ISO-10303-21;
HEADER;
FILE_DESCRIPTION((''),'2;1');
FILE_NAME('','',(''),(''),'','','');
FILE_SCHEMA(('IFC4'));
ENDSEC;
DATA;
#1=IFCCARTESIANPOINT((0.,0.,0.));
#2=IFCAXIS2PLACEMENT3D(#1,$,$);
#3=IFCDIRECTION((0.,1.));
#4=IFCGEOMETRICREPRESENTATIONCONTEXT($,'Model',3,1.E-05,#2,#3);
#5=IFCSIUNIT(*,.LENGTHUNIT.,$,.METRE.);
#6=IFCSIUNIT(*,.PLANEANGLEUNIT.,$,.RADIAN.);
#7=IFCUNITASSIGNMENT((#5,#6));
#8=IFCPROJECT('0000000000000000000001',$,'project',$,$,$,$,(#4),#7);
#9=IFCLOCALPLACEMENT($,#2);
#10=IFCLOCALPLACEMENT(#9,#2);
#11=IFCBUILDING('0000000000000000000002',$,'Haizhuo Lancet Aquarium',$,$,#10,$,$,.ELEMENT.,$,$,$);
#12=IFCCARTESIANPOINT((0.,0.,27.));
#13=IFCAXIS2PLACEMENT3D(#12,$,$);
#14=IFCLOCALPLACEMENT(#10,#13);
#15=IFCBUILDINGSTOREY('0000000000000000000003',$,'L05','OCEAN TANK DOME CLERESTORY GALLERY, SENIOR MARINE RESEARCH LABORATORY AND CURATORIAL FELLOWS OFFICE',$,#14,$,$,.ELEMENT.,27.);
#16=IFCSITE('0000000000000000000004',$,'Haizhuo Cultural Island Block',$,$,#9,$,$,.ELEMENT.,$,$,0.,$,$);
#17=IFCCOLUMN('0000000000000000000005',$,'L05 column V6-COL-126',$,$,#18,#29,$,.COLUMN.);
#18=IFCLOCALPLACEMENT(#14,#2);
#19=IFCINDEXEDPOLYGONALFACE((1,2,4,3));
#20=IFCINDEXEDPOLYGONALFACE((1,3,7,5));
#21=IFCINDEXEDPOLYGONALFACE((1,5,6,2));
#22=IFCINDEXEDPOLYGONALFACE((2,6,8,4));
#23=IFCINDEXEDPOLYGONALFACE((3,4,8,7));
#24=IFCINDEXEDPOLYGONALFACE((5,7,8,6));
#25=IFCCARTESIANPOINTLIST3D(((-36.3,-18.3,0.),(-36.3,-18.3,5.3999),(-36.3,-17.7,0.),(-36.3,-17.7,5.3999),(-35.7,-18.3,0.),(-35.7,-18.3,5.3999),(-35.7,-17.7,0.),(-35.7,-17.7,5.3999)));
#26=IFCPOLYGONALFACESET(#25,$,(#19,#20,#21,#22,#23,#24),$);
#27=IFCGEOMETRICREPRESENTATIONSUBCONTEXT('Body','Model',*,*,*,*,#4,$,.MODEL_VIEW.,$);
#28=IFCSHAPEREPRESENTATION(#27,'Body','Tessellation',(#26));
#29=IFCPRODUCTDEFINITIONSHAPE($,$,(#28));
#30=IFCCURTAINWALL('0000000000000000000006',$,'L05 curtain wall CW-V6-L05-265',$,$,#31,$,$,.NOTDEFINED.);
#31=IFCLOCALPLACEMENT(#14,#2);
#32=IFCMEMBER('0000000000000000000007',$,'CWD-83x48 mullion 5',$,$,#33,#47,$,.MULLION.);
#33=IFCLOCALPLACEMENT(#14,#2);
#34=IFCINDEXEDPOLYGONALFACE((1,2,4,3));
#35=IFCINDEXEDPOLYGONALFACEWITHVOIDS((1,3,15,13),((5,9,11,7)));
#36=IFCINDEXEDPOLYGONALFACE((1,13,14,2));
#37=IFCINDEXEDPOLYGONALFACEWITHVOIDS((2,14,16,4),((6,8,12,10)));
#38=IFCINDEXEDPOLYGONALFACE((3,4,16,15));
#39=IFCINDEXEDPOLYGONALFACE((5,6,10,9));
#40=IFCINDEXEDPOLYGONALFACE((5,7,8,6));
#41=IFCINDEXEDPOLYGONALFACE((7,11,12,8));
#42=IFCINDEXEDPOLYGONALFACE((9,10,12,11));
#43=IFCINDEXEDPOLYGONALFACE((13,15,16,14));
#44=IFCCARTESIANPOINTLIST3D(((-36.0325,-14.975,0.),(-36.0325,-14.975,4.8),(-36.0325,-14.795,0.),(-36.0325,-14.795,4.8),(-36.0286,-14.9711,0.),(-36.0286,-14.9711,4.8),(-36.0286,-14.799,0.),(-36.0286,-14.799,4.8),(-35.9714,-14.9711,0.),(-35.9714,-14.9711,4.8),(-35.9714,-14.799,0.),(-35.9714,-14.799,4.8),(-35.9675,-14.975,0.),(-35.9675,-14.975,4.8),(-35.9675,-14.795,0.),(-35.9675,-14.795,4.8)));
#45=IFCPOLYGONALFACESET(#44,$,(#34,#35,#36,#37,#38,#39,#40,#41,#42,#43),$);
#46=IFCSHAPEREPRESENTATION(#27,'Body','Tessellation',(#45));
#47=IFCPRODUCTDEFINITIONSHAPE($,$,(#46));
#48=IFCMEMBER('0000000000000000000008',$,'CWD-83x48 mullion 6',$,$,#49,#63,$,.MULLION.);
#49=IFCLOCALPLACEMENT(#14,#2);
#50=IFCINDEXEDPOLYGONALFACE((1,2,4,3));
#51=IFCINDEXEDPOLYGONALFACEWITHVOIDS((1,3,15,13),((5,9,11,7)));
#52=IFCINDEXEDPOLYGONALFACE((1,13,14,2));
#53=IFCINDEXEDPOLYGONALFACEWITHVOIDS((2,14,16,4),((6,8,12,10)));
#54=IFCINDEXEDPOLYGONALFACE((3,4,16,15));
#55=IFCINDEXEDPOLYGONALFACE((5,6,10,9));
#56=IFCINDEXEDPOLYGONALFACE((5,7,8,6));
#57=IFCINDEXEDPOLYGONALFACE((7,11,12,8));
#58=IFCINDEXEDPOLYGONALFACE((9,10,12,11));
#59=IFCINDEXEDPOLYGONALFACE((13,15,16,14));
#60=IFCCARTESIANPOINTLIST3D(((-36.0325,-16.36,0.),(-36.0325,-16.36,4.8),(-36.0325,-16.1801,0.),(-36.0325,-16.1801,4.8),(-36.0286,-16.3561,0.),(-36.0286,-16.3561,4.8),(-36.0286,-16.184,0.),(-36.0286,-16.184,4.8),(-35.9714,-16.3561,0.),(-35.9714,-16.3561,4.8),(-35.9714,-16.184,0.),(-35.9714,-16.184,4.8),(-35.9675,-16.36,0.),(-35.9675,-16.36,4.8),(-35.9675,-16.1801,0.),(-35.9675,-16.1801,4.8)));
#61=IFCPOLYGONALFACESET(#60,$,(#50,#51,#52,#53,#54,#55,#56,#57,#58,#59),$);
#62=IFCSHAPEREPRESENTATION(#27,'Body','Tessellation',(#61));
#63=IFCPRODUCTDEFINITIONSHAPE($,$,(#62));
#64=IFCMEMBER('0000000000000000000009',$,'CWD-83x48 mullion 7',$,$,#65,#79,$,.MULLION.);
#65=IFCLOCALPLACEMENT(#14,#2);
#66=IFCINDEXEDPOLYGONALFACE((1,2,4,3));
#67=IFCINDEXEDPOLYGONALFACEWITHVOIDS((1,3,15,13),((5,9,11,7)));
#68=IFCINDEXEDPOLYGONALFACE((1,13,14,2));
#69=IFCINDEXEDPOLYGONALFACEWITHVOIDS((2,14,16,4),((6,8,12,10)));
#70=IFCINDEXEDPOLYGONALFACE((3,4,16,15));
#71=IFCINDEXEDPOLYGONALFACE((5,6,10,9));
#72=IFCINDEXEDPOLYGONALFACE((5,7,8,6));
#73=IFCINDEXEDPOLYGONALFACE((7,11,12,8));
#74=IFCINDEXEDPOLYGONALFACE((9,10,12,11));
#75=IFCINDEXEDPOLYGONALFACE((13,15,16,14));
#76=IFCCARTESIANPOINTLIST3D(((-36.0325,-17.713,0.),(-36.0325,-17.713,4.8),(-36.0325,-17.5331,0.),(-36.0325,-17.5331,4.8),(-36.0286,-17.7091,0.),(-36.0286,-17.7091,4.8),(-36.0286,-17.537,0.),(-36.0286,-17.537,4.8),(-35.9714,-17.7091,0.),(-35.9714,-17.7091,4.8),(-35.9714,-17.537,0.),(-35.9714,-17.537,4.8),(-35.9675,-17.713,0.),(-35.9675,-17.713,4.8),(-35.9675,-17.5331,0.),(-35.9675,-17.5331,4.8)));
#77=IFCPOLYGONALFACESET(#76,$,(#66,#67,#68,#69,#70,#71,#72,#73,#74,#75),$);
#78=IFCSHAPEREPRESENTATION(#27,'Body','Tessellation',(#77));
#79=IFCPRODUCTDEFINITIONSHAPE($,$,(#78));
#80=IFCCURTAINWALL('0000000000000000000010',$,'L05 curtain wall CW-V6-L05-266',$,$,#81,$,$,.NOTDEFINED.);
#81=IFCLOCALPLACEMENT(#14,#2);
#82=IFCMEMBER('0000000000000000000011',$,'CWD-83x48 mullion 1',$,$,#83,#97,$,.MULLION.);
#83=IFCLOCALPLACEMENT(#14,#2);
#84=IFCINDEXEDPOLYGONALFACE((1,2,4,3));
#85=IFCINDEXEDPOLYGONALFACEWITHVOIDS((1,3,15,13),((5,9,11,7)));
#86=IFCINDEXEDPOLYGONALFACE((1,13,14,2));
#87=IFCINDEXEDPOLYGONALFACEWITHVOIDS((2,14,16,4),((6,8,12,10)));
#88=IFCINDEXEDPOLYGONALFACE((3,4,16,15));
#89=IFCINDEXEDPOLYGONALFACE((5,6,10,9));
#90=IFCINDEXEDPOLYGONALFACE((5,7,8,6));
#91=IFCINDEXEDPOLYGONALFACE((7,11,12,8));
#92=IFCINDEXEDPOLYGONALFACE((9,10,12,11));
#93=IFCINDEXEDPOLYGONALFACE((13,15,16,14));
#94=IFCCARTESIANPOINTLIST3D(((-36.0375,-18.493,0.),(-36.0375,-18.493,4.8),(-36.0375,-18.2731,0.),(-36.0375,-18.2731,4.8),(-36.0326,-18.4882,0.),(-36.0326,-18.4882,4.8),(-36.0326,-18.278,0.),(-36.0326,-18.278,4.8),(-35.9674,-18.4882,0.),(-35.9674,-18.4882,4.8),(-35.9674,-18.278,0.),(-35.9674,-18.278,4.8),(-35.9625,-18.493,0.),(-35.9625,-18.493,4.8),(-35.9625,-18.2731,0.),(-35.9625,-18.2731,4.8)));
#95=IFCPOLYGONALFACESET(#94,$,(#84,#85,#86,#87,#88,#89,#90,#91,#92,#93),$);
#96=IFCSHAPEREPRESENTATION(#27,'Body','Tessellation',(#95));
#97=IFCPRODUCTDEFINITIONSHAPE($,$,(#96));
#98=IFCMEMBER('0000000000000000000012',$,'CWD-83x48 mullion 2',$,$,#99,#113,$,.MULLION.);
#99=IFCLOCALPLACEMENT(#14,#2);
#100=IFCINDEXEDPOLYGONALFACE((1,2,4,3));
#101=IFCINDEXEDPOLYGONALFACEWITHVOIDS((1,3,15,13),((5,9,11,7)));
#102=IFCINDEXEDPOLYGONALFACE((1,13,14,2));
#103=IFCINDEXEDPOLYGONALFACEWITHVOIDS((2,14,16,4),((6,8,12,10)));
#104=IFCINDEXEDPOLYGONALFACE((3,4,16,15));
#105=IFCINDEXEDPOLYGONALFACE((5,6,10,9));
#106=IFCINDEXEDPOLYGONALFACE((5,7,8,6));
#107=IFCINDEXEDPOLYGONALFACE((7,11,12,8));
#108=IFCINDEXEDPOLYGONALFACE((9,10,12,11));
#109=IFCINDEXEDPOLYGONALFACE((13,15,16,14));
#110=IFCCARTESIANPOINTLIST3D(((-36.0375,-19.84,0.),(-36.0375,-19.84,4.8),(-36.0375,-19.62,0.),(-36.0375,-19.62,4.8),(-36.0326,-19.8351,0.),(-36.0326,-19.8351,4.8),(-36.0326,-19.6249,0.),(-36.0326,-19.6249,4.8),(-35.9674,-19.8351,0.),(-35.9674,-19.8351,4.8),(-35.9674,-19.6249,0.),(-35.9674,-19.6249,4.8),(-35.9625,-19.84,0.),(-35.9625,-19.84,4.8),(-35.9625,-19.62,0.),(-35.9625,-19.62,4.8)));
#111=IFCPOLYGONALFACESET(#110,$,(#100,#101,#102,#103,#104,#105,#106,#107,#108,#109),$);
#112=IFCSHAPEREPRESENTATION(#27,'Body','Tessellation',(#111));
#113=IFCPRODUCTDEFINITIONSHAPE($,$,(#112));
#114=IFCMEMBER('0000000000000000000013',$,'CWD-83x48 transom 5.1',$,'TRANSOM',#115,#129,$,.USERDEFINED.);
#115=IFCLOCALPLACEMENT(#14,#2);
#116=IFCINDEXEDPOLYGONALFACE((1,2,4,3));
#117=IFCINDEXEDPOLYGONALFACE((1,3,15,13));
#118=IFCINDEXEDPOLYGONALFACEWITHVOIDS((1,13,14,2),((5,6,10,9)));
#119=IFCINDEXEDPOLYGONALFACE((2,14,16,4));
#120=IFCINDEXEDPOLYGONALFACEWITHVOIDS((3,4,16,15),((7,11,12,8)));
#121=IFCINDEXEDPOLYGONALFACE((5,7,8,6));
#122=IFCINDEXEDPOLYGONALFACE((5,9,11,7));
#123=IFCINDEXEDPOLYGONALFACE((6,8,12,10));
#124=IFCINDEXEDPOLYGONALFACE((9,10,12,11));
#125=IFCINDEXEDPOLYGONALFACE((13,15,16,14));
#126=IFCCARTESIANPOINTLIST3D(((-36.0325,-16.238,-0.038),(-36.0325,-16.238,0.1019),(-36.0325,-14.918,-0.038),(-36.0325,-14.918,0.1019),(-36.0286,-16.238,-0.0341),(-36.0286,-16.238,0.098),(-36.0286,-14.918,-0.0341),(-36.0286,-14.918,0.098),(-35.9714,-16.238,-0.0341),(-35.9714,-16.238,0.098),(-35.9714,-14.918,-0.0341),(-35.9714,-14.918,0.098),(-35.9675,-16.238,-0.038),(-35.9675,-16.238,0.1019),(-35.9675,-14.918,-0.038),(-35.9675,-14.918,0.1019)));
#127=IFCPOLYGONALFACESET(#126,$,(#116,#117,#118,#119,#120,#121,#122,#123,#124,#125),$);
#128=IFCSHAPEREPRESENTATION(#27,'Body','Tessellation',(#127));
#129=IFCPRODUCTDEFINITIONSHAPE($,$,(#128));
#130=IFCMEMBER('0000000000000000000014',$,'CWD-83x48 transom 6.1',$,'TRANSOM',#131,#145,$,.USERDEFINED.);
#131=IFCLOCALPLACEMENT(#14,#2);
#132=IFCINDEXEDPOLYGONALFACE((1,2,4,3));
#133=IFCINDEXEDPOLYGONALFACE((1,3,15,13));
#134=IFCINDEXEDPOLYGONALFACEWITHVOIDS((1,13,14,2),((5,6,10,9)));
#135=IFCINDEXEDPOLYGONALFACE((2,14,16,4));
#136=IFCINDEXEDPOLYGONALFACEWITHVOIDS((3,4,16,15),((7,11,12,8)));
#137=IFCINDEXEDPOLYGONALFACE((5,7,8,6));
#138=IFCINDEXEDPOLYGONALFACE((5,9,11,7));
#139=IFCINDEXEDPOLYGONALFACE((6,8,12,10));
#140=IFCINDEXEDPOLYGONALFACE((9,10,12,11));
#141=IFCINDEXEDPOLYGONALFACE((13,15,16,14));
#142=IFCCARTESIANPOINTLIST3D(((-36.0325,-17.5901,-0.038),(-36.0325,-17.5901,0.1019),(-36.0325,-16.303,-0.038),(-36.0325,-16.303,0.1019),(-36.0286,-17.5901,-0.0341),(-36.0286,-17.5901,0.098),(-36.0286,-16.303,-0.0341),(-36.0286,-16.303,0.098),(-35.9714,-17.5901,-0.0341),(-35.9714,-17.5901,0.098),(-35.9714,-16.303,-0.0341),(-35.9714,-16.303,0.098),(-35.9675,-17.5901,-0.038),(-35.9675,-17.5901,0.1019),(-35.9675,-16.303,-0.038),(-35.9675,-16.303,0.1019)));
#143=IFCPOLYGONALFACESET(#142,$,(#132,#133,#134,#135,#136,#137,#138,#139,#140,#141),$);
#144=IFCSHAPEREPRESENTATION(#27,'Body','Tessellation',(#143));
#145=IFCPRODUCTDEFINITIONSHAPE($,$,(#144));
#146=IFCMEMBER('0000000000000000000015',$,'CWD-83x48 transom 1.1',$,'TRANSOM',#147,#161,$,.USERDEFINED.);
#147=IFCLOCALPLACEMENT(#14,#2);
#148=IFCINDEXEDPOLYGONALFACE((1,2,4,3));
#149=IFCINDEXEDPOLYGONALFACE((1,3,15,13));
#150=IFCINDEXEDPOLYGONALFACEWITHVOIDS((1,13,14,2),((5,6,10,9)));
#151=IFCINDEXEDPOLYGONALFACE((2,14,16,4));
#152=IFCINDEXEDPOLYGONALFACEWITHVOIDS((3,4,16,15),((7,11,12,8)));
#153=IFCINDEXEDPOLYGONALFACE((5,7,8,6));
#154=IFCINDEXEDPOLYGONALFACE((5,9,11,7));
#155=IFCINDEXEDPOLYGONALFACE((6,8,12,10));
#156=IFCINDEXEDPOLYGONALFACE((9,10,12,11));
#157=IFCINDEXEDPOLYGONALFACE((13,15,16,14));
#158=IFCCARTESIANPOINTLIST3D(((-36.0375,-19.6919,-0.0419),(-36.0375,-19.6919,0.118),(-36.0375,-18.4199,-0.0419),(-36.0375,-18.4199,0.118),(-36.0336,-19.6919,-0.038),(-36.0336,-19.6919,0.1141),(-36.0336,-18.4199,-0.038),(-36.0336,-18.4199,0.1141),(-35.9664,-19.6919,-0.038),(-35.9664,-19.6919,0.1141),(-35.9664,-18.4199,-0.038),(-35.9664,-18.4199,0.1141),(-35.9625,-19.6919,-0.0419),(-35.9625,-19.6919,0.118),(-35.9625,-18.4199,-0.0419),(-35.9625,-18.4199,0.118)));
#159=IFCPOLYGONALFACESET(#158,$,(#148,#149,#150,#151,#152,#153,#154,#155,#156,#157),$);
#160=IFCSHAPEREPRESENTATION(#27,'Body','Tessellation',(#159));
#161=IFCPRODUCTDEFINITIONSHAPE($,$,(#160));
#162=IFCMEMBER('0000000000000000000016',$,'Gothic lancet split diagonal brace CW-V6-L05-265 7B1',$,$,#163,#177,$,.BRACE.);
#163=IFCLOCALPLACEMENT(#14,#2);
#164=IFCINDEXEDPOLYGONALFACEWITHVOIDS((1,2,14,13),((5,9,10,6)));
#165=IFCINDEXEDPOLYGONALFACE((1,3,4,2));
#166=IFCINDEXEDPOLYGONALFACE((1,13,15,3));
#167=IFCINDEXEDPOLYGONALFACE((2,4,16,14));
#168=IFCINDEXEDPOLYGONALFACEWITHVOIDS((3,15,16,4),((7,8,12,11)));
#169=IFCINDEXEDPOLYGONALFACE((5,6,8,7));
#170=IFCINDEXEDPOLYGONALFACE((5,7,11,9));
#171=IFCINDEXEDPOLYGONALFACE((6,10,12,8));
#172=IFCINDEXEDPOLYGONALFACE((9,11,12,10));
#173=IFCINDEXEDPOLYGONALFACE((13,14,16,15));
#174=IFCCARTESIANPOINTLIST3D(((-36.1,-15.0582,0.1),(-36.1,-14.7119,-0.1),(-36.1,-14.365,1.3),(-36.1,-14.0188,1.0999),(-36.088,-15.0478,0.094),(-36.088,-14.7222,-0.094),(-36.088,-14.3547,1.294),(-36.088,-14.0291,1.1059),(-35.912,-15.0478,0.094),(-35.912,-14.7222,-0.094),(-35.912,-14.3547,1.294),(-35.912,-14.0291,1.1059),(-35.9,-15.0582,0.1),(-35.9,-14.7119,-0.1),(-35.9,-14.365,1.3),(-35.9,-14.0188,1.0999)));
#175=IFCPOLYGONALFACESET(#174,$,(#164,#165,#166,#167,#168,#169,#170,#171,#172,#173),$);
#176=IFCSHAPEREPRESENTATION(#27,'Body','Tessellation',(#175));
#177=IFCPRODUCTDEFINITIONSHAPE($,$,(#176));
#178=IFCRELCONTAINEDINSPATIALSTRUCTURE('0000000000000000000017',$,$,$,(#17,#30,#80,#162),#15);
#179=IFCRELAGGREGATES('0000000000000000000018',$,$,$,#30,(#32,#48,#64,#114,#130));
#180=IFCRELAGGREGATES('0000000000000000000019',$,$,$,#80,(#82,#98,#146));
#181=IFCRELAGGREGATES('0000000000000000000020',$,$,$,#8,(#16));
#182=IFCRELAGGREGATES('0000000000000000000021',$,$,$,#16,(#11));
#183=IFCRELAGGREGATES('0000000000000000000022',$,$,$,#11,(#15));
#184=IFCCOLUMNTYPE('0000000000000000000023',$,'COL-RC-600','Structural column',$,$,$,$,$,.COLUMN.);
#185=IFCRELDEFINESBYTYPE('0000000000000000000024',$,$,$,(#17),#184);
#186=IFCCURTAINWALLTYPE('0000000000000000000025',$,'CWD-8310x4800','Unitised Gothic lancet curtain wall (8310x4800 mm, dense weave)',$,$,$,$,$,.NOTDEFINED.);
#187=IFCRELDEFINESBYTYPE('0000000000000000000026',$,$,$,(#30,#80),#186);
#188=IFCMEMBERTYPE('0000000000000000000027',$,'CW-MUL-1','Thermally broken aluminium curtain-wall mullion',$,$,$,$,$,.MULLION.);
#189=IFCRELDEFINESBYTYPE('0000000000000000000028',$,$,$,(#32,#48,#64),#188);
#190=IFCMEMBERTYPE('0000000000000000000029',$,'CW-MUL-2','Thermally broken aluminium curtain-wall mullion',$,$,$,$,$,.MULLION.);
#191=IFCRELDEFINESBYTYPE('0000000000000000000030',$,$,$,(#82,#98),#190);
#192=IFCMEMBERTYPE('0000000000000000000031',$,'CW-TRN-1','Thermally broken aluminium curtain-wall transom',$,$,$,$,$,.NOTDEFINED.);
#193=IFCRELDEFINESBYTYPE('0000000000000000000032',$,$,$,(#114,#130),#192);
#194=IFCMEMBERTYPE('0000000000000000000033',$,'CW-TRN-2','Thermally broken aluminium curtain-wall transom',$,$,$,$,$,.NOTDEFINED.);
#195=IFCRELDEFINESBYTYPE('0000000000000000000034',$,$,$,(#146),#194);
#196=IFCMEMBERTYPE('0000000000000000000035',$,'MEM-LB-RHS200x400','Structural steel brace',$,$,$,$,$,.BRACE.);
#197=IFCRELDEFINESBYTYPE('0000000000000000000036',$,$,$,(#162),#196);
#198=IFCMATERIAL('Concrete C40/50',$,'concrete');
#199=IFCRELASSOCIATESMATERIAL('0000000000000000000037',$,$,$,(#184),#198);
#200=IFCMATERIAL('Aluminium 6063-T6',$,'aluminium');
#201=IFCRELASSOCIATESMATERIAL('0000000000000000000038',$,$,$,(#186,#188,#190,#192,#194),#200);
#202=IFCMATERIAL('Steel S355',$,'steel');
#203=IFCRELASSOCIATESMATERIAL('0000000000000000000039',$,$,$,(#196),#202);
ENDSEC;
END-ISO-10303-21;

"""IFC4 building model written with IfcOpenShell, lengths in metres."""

from ifc_helpers import new_model, si_unit, direction, frame, origin, origin_2d, place, context, subcontext, project, spatial, rectangle, hollow_rectangle, extrude, material, material_profile, profile_set, type_object, element, aggregate, save


model = new_model("IFC4")

# Units and contexts
model_context = context("Model", 3, precision=1e-05, world=origin(), true_north=direction((0.0, 1.0)))
body_context = subcontext(model_context, "Body", "Model", "MODEL_VIEW")
ifc_project = project(units=[si_unit("LENGTHUNIT", "METRE"), si_unit("PLANEANGLEUNIT", "RADIAN")], contexts=[model_context])

# Site, building, storey
site_placement = place(None, origin())
site = spatial("IfcSite", under=ifc_project, at=site_placement, Name="Haizhuo Cultural Island Block", CompositionType="ELEMENT", RefElevation=0.0)
building_placement = place(site_placement, origin())
building = spatial("IfcBuilding", under=site, at=building_placement, Name="Haizhuo Lancet Aquarium", CompositionType="ELEMENT")
storey_placement = place(building_placement, frame((0.0, 0.0, 27.0)))
storey = spatial("IfcBuildingStorey", under=building, at=storey_placement, Name="L05", Description="OCEAN TANK DOME CLERESTORY GALLERY, SENIOR MARINE RESEARCH LABORATORY AND CURATORIAL FELLOWS OFFICE", CompositionType="ELEMENT", Elevation=27.0)

# Column
ifc_material_1 = material(Name="Concrete C40/50", Category="concrete")
ifc_material_profile_1 = material_profile(ifc_material_1, rectangle(XDim=0.6001, YDim=0.6001, at=origin_2d()), Name="RC-COL 600x600")
ifc_profile_set_1 = profile_set([ifc_material_profile_1], Name="Concrete C40/50")
column_type = type_object("IfcColumnType", Name="COL-RC-600", Description="Structural column", PredefinedType="COLUMN", material=ifc_profile_set_1)
column_placement = place(storey_placement, frame((-36.0, -18.0, 0.0), z_axis=(0.0, 0.0, 1.0), x_axis=(1.0, 0.0, 0.0)))
element("IfcColumn", 1, at=column_placement, inside=storey, type_object=column_type, Name="L05 column V6-COL-126", PredefinedType="COLUMN", context=body_context, shape_type="SweptSolid", body=[
    extrude(rectangle(XDim=0.6001, YDim=0.6001, at=origin_2d()), origin(), (0.0, 0.0, 1.0), 5.3999),
])

# Curtain walls, members
ifc_material_2 = material(Name="Aluminium 6063-T6", Category="aluminium")
curtain_wall_type = type_object("IfcCurtainWallType", Name="CWD-8310x4800", Description="Unitised Gothic lancet curtain wall (8310x4800 mm, dense weave)", PredefinedType="NOTDEFINED", material=ifc_material_2)
curtain_wall_1_placement = place(storey_placement, origin())
curtain_wall_1 = element("IfcCurtainWall", 2, at=curtain_wall_1_placement, inside=storey, type_object=curtain_wall_type, Name="L05 curtain wall CW-V6-L05-265", PredefinedType="NOTDEFINED")
ifc_material_profile_2 = material_profile(ifc_material_2, hollow_rectangle(XDim=0.0649, YDim=0.1799, WallThickness=0.0039, at=origin_2d()), Name="ALU-M 65x180x4")
ifc_profile_set_2 = profile_set([ifc_material_profile_2], Name="Aluminium 6063-T6")
member_type_1 = type_object("IfcMemberType", Name="CW-MUL-1", Description="Thermally broken aluminium curtain-wall mullion", PredefinedType="MULLION", material=ifc_profile_set_2)
member_1_placement = place(storey_placement, frame((-36.0, -14.885, 0.0), z_axis=(0.0, 0.0, 1.0), x_axis=(1.0, 0.0, 0.0)))
member_1 = element("IfcMember", 3, at=member_1_placement, type_object=member_type_1, Name="CWD-83x48 mullion 5", PredefinedType="MULLION", context=body_context, shape_type="SweptSolid", body=[
    extrude(hollow_rectangle(XDim=0.0649, YDim=0.1799, WallThickness=0.0039, at=origin_2d()), origin(), (0.0, 0.0, 1.0), 4.8),
])
member_2_placement = place(storey_placement, frame((-36.0, -16.27, 0.0), z_axis=(0.0, 0.0, 1.0), x_axis=(1.0, 0.0, 0.0)))
member_2 = element("IfcMember", 4, at=member_2_placement, type_object=member_type_1, Name="CWD-83x48 mullion 6", PredefinedType="MULLION", context=body_context, shape_type="SweptSolid", body=[
    extrude(hollow_rectangle(XDim=0.0649, YDim=0.1799, WallThickness=0.0039, at=origin_2d()), origin(), (0.0, 0.0, 1.0), 4.8),
])
member_3_placement = place(storey_placement, frame((-36.0, -17.623, 0.0), z_axis=(0.0, 0.0, 1.0), x_axis=(1.0, 0.0, 0.0)))
member_3 = element("IfcMember", 5, at=member_3_placement, type_object=member_type_1, Name="CWD-83x48 mullion 7", PredefinedType="MULLION", context=body_context, shape_type="SweptSolid", body=[
    extrude(hollow_rectangle(XDim=0.0649, YDim=0.1799, WallThickness=0.0039, at=origin_2d()), origin(), (0.0, 0.0, 1.0), 4.8),
])
curtain_wall_2_placement = place(storey_placement, origin())
curtain_wall_2 = element("IfcCurtainWall", 6, at=curtain_wall_2_placement, inside=storey, type_object=curtain_wall_type, Name="L05 curtain wall CW-V6-L05-266", PredefinedType="NOTDEFINED")
ifc_material_profile_3 = material_profile(ifc_material_2, hollow_rectangle(XDim=0.075, YDim=0.22, WallThickness=0.0049, at=origin_2d()), Name="ALU-M 75x220x5")
ifc_profile_set_3 = profile_set([ifc_material_profile_3], Name="Aluminium 6063-T6")
member_type_2 = type_object("IfcMemberType", Name="CW-MUL-2", Description="Thermally broken aluminium curtain-wall mullion", PredefinedType="MULLION", material=ifc_profile_set_3)
member_4_placement = place(storey_placement, frame((-36.0, -18.3831, 0.0), z_axis=(0.0, 0.0, 1.0), x_axis=(1.0, 0.0, 0.0)))
member_4 = element("IfcMember", 7, at=member_4_placement, type_object=member_type_2, Name="CWD-83x48 mullion 1", PredefinedType="MULLION", context=body_context, shape_type="SweptSolid", body=[
    extrude(hollow_rectangle(XDim=0.075, YDim=0.22, WallThickness=0.0049, at=origin_2d()), origin(), (0.0, 0.0, 1.0), 4.8),
])
member_5_placement = place(storey_placement, frame((-36.0, -19.73, 0.0), z_axis=(0.0, 0.0, 1.0), x_axis=(1.0, 0.0, 0.0)))
member_5 = element("IfcMember", 8, at=member_5_placement, type_object=member_type_2, Name="CWD-83x48 mullion 2", PredefinedType="MULLION", context=body_context, shape_type="SweptSolid", body=[
    extrude(hollow_rectangle(XDim=0.075, YDim=0.22, WallThickness=0.0049, at=origin_2d()), origin(), (0.0, 0.0, 1.0), 4.8),
])

# Members
ifc_material_profile_4 = material_profile(ifc_material_2, hollow_rectangle(XDim=0.0649, YDim=0.1399, WallThickness=0.0039, at=origin_2d()), Name="ALU-T 65x140x4")
ifc_profile_set_4 = profile_set([ifc_material_profile_4], Name="Aluminium 6063-T6")
member_type_3 = type_object("IfcMemberType", Name="CW-TRN-1", Description="Thermally broken aluminium curtain-wall transom", PredefinedType="NOTDEFINED", material=ifc_profile_set_4)
member_6_placement = place(storey_placement, frame((-36.0, -14.918, 0.032), z_axis=(0.0, -1.0, 0.0), x_axis=(1.0, 0.0, 0.0)))
member_6 = element("IfcMember", 9, at=member_6_placement, type_object=member_type_3, Name="CWD-83x48 transom 5.1", ObjectType="TRANSOM", PredefinedType="USERDEFINED", context=body_context, shape_type="SweptSolid", body=[
    extrude(hollow_rectangle(XDim=0.0649, YDim=0.1399, WallThickness=0.0039, at=origin_2d()), origin(), (0.0, 0.0, 1.0), 1.3201),
])
member_7_placement = place(storey_placement, frame((-36.0, -16.303, 0.032), z_axis=(0.0, -1.0, 0.0), x_axis=(1.0, 0.0, 0.0)))
member_7 = element("IfcMember", 10, at=member_7_placement, type_object=member_type_3, Name="CWD-83x48 transom 6.1", ObjectType="TRANSOM", PredefinedType="USERDEFINED", context=body_context, shape_type="SweptSolid", body=[
    extrude(hollow_rectangle(XDim=0.0649, YDim=0.1399, WallThickness=0.0039, at=origin_2d()), origin(), (0.0, 0.0, 1.0), 1.2871),
])
ifc_material_profile_5 = material_profile(ifc_material_2, hollow_rectangle(XDim=0.075, YDim=0.1599, WallThickness=0.0039, at=origin_2d()), Name="ALU-T 75x160x4")
ifc_profile_set_5 = profile_set([ifc_material_profile_5], Name="Aluminium 6063-T6")
member_type_4 = type_object("IfcMemberType", Name="CW-TRN-2", Description="Thermally broken aluminium curtain-wall transom", PredefinedType="NOTDEFINED", material=ifc_profile_set_5)
member_8_placement = place(storey_placement, frame((-36.0, -18.4199, 0.0381), z_axis=(0.0, -1.0, 0.0), x_axis=(1.0, 0.0, 0.0)))
member_8 = element("IfcMember", 11, at=member_8_placement, type_object=member_type_4, Name="CWD-83x48 transom 1.1", ObjectType="TRANSOM", PredefinedType="USERDEFINED", context=body_context, shape_type="SweptSolid", body=[
    extrude(hollow_rectangle(XDim=0.075, YDim=0.1599, WallThickness=0.0039, at=origin_2d()), origin(), (0.0, 0.0, 1.0), 1.272),
])

# Member
ifc_material_3 = material(Name="Steel S355", Category="steel")
ifc_material_profile_6 = material_profile(ifc_material_3, hollow_rectangle(XDim=0.2, YDim=0.3999, WallThickness=0.012, at=origin_2d()), Name="RHS 200x400x12")
ifc_profile_set_6 = profile_set([ifc_material_profile_6], Name="Steel S355")
member_type_5 = type_object("IfcMemberType", Name="MEM-LB-RHS200x400", Description="Structural steel brace", PredefinedType="BRACE", material=ifc_profile_set_6)
member_9_placement = place(storey_placement, frame((-36.0, -14.885, 0.0), z_axis=(0.0, 0.500175, 0.865924), x_axis=(-1.0, 0.0, 0.0)))
element("IfcMember", 12, at=member_9_placement, inside=storey, type_object=member_type_5, Name="Gothic lancet split diagonal brace CW-V6-L05-265 7B1", PredefinedType="BRACE", context=body_context, shape_type="SweptSolid", body=[
    extrude(hollow_rectangle(XDim=0.2, YDim=0.3999, WallThickness=0.012, at=origin_2d()), origin(), (0.0, 0.0, 1.0), 1.3857),
])

aggregate(curtain_wall_1, [member_1, member_2, member_3, member_6, member_7])
aggregate(curtain_wall_2, [member_4, member_5, member_8])

save(model, "model.ifc")
